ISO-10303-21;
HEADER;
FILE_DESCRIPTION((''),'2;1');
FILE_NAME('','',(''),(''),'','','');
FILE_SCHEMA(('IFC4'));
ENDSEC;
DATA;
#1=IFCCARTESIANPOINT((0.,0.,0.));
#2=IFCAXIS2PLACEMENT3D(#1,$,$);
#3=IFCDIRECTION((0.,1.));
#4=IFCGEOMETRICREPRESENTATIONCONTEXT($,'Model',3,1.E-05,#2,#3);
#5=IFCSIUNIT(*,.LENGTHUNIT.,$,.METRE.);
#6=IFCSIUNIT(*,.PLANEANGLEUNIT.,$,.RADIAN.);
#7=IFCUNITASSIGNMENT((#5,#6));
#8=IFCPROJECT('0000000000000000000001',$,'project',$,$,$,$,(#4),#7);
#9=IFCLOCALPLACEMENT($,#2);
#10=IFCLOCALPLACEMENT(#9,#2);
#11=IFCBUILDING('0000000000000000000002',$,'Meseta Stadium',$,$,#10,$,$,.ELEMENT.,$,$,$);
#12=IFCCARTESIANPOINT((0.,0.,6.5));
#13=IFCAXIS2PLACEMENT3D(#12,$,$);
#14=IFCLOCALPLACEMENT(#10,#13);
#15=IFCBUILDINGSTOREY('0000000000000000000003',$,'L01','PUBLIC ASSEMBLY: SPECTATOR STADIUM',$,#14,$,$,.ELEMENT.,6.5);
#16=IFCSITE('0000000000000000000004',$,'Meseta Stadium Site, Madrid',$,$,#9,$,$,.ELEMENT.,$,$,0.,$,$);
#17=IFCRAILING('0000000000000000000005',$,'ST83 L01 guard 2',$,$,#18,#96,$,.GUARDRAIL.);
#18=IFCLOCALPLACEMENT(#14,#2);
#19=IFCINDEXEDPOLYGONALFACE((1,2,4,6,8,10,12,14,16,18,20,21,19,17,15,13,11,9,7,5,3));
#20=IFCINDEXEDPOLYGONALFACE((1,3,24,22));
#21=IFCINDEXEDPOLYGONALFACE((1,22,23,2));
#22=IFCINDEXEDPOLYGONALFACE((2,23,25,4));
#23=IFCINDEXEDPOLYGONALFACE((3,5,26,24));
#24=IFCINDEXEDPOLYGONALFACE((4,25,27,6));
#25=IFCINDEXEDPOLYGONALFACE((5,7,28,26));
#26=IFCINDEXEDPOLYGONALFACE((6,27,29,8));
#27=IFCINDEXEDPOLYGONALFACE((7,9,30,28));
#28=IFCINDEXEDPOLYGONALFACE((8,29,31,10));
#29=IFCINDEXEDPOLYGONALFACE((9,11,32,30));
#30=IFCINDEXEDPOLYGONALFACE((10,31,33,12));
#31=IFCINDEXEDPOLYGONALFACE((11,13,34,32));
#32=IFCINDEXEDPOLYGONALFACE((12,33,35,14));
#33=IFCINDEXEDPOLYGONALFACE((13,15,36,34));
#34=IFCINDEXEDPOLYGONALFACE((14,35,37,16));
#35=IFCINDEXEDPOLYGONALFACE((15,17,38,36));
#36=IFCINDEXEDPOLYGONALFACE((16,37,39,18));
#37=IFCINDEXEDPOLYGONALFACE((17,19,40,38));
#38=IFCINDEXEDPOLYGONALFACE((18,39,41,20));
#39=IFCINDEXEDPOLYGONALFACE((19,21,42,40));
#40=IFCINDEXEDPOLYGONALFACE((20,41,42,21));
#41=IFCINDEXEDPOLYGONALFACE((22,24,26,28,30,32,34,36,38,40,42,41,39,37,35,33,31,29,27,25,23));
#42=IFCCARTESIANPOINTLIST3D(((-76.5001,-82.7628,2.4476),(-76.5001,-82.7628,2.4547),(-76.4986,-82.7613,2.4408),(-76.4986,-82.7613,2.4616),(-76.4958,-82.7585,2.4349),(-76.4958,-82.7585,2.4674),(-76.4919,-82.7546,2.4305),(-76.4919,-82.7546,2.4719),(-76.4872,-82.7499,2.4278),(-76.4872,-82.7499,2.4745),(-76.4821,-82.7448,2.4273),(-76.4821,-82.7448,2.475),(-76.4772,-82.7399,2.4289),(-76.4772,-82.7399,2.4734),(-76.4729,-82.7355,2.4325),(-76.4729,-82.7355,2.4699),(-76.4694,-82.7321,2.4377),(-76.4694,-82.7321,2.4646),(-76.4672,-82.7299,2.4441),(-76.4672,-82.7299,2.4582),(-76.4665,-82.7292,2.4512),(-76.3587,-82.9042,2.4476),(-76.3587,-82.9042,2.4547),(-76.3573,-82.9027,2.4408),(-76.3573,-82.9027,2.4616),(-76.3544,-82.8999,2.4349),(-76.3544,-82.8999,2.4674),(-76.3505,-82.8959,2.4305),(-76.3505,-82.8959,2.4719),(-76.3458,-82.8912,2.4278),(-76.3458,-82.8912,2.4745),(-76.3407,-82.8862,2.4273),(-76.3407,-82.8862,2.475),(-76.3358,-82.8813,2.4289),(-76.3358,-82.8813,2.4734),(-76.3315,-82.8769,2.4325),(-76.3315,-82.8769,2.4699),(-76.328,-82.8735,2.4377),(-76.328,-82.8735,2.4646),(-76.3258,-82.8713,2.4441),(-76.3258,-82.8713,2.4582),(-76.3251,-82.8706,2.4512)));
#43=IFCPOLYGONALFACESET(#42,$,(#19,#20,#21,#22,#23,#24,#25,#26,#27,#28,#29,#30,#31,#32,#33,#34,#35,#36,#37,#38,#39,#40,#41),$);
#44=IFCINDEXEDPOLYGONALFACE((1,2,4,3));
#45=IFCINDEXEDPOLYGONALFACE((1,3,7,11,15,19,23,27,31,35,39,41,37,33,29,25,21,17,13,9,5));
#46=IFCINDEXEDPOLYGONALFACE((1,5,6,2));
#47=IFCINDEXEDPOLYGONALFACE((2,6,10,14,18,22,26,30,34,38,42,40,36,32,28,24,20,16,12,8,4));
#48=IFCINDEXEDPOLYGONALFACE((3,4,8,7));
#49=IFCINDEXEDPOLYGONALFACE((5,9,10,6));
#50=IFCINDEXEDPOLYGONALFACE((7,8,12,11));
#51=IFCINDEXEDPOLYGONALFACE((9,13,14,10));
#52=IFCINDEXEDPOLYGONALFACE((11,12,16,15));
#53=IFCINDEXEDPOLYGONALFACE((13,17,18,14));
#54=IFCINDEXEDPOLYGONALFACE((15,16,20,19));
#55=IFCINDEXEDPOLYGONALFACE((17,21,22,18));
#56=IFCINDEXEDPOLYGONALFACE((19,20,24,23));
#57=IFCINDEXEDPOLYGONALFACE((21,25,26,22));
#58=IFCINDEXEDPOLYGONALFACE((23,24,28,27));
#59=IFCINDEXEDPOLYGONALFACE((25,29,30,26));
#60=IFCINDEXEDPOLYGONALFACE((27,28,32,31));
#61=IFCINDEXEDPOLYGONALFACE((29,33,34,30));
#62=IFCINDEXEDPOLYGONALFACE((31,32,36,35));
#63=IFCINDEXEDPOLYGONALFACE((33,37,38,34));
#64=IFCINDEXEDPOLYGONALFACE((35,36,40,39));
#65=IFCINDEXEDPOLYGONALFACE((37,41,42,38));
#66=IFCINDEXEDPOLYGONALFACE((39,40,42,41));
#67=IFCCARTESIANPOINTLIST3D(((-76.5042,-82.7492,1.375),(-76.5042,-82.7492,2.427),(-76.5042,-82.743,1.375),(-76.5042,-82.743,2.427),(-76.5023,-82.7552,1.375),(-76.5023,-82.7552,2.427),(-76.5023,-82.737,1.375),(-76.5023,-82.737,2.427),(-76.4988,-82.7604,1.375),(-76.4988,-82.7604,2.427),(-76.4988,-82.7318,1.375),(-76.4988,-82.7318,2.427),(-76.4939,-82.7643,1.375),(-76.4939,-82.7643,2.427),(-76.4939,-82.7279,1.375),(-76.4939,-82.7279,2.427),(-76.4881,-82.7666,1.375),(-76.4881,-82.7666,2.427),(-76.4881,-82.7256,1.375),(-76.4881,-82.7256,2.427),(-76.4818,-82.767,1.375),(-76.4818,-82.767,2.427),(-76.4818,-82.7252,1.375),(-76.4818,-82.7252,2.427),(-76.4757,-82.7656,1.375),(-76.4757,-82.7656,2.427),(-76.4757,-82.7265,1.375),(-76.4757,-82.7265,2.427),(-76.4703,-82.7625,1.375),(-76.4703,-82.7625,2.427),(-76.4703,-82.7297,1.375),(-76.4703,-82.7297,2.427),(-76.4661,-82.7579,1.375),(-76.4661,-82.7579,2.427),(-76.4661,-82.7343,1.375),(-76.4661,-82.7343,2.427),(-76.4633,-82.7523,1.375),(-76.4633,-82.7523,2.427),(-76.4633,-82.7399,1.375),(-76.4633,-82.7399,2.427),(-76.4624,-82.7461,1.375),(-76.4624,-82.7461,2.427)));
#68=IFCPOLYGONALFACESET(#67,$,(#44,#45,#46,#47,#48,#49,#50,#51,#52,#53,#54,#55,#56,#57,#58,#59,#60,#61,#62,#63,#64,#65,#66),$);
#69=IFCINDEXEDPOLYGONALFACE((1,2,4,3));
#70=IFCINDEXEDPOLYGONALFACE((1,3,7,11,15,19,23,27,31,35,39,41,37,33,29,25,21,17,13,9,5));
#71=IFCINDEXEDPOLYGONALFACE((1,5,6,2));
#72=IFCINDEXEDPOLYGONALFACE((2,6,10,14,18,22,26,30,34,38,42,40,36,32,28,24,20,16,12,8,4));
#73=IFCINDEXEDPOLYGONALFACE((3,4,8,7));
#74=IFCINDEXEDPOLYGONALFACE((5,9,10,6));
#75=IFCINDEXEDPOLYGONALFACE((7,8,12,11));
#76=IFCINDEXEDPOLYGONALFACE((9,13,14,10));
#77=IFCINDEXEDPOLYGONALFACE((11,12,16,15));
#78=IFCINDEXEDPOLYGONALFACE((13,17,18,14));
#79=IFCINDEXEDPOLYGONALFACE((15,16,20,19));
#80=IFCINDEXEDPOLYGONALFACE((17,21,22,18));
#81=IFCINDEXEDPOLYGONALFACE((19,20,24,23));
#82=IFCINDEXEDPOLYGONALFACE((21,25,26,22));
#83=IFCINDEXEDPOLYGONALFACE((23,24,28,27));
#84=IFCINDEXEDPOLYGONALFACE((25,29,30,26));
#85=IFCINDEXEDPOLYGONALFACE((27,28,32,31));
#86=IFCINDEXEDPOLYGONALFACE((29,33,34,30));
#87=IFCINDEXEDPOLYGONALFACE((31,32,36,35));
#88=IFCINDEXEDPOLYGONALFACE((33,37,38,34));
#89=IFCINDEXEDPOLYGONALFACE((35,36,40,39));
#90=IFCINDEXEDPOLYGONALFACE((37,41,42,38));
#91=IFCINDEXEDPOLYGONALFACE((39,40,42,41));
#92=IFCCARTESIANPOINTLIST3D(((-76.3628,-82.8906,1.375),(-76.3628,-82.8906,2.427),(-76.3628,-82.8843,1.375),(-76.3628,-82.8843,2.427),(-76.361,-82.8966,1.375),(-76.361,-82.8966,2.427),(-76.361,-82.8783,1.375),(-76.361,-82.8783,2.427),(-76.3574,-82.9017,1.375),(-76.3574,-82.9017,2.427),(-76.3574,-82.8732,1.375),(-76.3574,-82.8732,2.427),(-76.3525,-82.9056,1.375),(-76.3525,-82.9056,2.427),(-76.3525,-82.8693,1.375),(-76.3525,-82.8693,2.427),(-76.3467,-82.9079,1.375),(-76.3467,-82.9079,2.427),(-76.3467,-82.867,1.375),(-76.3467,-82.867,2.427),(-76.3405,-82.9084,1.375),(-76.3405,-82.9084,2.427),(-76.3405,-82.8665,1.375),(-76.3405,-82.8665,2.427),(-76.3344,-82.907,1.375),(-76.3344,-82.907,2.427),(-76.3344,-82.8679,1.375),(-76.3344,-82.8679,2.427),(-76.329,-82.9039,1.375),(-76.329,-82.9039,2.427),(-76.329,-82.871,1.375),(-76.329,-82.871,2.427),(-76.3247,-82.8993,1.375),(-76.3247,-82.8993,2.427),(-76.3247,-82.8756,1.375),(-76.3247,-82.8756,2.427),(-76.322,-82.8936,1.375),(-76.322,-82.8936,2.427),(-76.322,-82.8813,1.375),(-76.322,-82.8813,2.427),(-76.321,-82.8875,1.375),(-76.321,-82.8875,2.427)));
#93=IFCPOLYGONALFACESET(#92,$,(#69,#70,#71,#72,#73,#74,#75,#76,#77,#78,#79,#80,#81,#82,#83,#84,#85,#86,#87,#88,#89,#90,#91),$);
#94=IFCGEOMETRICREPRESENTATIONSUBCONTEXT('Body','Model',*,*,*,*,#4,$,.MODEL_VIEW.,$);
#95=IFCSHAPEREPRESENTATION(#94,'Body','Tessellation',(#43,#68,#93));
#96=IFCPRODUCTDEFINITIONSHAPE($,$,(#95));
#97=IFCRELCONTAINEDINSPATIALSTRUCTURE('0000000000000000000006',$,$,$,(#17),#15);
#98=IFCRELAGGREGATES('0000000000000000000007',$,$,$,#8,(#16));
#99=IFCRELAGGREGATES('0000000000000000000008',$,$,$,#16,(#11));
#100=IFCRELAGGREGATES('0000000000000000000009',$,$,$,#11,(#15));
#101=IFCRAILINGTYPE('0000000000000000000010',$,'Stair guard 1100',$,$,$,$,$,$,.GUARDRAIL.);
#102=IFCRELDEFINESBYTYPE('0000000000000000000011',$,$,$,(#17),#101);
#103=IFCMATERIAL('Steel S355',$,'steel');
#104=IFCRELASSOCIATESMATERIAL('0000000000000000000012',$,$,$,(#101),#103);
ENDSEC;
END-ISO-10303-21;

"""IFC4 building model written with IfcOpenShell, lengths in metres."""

from ifc_helpers import new_model, si_unit, direction, frame, origin, origin_2d, place, context, subcontext, project, spatial, circle, extrude, material, type_object, element, save


model = new_model("IFC4")

# Units and contexts
model_context = context("Model", 3, precision=1e-05, world=origin(), true_north=direction((0.0, 1.0)))
body_context = subcontext(model_context, "Body", "Model", "MODEL_VIEW")
ifc_project = project(units=[si_unit("LENGTHUNIT", "METRE"), si_unit("PLANEANGLEUNIT", "RADIAN")], contexts=[model_context])

# Site, building, storey
site_placement = place(None, origin())
site = spatial("IfcSite", under=ifc_project, at=site_placement, Name="Meseta Stadium Site, Madrid", CompositionType="ELEMENT", RefElevation=0.0)
building_placement = place(site_placement, origin())
building = spatial("IfcBuilding", under=site, at=building_placement, Name="Meseta Stadium", CompositionType="ELEMENT")
storey_placement = place(building_placement, frame((0.0, 0.0, 6.5)))
storey = spatial("IfcBuildingStorey", under=building, at=storey_placement, Name="L01", Description="PUBLIC ASSEMBLY: SPECTATOR STADIUM", CompositionType="ELEMENT", Elevation=6.5)

# Railing
ifc_material_1 = material(Name="Steel S355", Category="steel")
railing_type_1 = type_object("IfcRailingType", Name="Stair guard 1100", PredefinedType="GUARDRAIL", material=ifc_material_1)
railing_1_placement = place(storey_placement, frame((-76.4834, -82.7461, 1.375)))
element("IfcRailing", 1, at=railing_1_placement, inside=storey, type_object=railing_type_1, Name="ST83 L01 guard 2", PredefinedType="GUARDRAIL", context=body_context, shape_type="SweptSolid", body=[
    extrude(circle(Radius=0.0239, at=origin_2d()), frame((0.0, 0.0, 1.0762), z_axis=(0.707107, -0.707107, 0.0), x_axis=(0.707107, 0.707107, 0.0)), (0.0, 0.0, 1.0), 0.2),
    extrude(circle(Radius=0.021, at=origin_2d()), origin(), (0.0, 0.0, 1.0), 1.052),
    extrude(circle(Radius=0.021, at=origin_2d()), frame((0.1414, -0.1414, 0.0)), (0.0, 0.0, 1.0), 1.052),
])

save(model, "model.ifc")
